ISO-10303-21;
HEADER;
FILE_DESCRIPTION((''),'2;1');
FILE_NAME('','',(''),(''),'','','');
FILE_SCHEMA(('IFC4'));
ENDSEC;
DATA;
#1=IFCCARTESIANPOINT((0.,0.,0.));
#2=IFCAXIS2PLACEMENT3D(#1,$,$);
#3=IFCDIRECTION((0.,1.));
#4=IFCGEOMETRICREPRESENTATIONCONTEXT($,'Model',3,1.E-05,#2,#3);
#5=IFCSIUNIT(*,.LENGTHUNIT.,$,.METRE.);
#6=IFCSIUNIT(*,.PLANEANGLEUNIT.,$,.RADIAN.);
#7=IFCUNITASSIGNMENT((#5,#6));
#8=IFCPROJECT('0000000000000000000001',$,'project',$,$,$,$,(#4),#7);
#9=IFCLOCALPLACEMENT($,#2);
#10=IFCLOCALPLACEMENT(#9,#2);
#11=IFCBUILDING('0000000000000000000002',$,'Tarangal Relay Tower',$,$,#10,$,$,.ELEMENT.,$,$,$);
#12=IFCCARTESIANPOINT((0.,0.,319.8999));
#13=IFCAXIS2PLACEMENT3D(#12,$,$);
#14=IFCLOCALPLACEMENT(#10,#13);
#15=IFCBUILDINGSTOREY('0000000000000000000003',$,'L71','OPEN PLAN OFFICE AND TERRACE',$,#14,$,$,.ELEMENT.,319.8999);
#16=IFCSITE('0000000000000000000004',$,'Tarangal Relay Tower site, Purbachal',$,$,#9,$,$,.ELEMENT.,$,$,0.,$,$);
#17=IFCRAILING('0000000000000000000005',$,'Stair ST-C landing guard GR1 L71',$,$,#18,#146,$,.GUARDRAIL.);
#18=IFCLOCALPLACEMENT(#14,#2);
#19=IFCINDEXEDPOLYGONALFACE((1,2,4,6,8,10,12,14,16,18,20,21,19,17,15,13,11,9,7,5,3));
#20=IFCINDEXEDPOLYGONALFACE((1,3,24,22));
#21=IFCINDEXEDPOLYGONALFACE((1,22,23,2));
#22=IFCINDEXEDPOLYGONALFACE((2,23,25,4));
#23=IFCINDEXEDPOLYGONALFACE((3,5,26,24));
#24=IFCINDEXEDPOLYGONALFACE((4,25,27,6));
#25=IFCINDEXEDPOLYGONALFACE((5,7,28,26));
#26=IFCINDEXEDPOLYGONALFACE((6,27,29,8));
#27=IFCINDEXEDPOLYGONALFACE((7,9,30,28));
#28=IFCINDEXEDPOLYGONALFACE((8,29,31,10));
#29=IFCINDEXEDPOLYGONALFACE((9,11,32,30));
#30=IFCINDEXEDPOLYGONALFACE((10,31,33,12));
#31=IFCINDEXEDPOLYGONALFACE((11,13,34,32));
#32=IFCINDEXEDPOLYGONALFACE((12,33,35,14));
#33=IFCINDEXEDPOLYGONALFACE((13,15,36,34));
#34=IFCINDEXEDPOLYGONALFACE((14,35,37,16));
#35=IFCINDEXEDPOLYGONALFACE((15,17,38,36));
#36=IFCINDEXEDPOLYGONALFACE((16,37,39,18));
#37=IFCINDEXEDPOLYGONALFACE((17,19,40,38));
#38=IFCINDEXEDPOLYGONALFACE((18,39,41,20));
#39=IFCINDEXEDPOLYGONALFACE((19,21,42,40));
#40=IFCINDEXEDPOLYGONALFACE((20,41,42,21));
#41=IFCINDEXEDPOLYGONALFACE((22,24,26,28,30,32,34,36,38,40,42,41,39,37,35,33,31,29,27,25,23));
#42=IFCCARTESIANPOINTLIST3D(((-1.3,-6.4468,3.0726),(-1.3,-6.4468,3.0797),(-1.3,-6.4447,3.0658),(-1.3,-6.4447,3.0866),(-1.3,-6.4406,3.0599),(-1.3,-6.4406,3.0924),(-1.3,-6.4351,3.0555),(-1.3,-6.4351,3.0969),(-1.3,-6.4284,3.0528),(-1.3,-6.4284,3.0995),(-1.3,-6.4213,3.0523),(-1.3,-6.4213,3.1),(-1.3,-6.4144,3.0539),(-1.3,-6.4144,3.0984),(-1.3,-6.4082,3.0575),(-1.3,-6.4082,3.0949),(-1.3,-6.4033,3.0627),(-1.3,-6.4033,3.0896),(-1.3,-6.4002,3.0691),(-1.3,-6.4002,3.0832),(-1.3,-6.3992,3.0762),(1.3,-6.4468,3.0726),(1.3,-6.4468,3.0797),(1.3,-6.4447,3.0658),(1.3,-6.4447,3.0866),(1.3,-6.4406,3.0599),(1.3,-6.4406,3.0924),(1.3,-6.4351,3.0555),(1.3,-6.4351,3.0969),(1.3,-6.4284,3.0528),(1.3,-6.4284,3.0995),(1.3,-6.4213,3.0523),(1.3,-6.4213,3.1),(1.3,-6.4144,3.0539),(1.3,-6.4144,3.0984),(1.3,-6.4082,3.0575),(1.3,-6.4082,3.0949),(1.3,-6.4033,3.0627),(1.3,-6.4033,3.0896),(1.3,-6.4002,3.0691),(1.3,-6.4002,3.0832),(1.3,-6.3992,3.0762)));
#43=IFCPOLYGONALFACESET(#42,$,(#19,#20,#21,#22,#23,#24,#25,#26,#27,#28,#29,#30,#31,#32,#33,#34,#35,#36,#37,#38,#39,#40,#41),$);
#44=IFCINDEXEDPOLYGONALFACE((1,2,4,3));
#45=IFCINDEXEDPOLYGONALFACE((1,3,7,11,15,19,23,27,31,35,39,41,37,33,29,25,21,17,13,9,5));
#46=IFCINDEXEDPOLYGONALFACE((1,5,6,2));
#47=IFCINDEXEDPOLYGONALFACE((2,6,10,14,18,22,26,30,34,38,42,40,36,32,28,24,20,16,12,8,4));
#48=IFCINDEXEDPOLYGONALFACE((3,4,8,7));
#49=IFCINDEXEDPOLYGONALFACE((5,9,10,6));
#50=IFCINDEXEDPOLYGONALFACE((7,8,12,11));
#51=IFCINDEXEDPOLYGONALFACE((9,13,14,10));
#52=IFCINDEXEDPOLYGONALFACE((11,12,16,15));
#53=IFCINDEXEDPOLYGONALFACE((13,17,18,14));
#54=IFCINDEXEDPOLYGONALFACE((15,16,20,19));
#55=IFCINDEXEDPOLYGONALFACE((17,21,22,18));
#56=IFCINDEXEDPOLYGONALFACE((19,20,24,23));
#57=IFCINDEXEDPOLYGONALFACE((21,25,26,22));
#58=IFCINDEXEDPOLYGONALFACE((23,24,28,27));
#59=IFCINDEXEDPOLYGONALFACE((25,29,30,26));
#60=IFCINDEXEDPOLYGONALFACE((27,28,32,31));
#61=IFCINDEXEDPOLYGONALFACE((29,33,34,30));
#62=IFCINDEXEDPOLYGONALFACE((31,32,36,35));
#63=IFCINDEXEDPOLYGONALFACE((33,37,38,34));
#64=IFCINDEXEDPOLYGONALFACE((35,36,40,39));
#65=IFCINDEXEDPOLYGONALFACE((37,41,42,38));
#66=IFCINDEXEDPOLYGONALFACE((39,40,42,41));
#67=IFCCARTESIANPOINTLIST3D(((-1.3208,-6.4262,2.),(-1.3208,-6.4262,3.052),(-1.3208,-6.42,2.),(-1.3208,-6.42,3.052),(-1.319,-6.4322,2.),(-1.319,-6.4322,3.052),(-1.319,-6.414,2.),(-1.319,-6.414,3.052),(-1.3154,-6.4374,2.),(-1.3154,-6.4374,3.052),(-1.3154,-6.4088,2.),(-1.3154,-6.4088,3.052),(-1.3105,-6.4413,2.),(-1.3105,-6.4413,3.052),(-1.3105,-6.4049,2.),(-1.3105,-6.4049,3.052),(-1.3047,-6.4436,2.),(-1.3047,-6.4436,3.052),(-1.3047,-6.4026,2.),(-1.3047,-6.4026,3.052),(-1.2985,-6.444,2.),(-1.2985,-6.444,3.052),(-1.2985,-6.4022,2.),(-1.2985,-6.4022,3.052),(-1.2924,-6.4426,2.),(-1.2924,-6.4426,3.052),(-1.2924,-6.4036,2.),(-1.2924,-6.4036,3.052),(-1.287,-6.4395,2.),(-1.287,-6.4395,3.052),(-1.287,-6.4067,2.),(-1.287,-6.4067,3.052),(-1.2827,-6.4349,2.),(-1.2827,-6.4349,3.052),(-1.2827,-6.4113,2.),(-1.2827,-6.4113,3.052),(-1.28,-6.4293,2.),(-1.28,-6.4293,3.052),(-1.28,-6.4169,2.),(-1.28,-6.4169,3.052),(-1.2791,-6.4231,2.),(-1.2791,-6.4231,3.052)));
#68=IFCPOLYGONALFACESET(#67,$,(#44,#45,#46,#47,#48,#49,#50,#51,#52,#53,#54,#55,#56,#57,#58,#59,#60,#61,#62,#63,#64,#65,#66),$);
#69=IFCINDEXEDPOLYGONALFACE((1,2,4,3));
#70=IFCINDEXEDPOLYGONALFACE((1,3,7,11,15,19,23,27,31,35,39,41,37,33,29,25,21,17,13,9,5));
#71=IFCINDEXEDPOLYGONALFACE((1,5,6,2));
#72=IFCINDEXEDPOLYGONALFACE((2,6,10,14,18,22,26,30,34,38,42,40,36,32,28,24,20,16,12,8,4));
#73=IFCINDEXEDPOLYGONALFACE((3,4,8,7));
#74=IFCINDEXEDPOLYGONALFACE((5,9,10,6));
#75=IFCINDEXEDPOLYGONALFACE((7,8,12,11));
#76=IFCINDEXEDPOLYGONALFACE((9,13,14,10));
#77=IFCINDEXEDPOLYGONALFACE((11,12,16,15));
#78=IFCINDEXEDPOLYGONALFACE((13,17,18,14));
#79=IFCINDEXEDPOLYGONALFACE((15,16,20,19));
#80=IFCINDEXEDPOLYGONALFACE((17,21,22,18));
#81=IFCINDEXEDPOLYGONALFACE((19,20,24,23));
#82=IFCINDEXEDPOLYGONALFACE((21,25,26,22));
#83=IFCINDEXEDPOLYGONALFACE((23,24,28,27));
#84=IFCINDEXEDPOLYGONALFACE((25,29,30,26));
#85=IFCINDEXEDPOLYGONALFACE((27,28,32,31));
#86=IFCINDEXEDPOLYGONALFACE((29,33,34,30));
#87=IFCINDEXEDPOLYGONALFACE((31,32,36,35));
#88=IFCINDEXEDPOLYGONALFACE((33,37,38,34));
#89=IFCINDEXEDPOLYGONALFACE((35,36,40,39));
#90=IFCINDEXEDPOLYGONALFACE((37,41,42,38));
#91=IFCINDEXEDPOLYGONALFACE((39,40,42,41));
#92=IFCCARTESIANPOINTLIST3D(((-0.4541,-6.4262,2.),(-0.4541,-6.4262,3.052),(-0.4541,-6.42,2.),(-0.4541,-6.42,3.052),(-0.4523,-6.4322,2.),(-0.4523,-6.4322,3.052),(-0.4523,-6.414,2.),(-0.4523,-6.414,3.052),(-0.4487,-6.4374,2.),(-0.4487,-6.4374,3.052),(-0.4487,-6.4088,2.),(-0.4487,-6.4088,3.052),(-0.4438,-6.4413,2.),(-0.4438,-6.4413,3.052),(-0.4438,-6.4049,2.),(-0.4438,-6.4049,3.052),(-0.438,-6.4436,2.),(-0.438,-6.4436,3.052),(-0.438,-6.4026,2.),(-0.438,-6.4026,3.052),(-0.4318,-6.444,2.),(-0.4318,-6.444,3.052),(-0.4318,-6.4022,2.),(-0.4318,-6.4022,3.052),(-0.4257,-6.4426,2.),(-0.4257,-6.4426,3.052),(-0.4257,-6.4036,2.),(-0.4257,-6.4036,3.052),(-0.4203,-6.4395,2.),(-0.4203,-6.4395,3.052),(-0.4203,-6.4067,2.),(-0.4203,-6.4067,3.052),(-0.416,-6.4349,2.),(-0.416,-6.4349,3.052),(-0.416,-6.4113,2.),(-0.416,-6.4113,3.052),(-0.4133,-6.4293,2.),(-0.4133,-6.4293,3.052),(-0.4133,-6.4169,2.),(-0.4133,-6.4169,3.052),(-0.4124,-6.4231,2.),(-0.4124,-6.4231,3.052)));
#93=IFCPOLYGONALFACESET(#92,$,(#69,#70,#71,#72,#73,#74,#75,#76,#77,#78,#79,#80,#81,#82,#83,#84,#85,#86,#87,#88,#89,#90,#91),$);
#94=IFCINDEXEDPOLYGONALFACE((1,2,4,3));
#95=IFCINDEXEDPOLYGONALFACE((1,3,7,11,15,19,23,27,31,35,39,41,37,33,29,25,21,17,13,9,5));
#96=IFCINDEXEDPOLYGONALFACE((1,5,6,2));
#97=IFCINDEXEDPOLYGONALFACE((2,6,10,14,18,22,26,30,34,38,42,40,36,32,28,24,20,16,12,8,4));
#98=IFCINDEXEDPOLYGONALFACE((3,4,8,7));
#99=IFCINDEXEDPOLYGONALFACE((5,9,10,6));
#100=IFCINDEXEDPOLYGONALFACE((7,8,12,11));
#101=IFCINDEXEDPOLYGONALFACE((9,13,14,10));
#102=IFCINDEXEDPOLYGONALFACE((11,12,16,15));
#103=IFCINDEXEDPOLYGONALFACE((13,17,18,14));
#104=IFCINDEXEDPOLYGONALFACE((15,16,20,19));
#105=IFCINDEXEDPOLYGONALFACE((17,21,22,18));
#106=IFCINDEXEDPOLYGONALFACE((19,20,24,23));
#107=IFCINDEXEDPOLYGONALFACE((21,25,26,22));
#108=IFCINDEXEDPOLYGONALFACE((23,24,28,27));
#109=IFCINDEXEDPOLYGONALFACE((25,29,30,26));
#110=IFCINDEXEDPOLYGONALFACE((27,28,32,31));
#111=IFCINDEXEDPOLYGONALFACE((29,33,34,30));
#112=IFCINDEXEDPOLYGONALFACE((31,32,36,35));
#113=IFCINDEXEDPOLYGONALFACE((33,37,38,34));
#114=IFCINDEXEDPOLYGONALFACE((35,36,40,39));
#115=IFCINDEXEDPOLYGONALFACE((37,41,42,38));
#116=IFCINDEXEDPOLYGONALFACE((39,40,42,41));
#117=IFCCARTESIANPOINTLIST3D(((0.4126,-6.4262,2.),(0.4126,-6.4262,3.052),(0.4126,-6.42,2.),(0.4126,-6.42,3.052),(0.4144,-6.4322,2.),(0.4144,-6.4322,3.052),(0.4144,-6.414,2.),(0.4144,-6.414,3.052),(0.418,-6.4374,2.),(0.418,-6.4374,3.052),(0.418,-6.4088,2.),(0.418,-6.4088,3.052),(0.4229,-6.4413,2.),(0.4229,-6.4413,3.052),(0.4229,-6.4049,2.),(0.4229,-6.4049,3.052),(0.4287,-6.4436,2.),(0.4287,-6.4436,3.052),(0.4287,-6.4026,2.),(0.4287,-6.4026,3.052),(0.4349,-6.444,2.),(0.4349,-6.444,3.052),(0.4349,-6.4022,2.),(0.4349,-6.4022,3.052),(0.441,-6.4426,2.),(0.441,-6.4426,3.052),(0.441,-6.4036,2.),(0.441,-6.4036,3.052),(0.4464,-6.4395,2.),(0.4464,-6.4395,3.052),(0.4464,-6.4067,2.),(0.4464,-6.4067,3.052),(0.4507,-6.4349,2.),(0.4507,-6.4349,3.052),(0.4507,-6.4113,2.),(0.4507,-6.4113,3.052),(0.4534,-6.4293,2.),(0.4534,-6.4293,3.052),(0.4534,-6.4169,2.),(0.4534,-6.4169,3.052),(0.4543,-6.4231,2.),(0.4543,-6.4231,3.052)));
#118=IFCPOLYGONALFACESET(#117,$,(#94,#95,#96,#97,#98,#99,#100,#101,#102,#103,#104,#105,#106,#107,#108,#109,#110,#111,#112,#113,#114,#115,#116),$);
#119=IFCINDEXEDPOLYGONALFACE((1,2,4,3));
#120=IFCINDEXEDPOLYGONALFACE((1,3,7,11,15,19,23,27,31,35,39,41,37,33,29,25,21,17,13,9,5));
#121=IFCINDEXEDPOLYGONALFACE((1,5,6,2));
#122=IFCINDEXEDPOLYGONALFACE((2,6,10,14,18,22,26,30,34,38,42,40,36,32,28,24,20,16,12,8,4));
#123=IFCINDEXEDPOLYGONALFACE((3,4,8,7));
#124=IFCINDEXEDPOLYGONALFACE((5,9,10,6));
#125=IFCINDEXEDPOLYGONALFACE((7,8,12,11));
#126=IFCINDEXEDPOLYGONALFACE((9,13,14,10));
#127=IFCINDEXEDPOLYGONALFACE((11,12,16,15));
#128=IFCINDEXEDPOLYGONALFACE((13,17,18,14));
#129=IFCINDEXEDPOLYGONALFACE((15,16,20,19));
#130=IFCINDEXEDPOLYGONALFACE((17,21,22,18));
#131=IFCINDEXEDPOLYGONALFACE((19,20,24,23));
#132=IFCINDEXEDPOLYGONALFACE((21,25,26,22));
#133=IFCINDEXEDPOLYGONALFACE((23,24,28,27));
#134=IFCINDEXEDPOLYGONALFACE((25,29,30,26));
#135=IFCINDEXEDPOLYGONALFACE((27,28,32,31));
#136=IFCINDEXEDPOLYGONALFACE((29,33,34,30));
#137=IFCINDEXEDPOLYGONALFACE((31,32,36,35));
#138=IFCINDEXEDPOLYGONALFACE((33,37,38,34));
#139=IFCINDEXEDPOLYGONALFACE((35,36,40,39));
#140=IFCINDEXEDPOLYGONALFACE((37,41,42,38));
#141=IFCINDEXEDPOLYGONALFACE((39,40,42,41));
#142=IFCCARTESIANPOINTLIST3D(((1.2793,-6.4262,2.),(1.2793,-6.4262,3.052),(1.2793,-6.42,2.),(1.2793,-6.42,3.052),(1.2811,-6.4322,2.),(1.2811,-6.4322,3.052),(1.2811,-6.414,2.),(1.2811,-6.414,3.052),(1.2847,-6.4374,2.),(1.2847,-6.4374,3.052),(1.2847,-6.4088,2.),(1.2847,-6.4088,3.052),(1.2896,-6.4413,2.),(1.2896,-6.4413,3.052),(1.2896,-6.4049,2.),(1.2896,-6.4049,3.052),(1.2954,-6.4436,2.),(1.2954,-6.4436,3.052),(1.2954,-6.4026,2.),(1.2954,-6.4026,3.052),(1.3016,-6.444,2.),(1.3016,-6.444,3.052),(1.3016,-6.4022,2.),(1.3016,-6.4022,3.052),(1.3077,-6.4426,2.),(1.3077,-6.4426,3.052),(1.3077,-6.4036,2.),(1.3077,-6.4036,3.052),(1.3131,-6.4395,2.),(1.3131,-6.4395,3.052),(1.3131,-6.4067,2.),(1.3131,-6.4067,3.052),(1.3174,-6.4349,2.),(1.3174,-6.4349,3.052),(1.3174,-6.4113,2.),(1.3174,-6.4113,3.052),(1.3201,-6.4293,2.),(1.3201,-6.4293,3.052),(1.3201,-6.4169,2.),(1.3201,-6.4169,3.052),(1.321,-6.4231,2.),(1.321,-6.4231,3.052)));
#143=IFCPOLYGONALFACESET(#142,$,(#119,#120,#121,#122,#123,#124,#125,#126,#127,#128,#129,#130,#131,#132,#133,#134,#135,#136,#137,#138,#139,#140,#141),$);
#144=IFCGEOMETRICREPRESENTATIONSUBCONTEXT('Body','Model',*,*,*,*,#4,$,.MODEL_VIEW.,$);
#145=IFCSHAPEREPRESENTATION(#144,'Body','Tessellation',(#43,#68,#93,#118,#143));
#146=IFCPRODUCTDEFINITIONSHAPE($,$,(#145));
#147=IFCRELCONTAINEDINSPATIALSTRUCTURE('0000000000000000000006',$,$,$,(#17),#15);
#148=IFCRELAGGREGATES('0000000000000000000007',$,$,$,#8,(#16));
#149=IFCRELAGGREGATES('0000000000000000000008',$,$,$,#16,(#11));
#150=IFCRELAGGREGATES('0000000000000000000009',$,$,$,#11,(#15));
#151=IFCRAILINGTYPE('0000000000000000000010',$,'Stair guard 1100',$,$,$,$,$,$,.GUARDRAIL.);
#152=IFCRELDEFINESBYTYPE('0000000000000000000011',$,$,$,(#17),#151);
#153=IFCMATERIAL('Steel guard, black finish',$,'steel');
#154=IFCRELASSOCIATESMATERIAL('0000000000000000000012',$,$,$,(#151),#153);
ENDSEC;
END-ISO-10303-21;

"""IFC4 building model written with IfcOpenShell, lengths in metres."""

from ifc_helpers import new_model, si_unit, direction, frame, origin, origin_2d, place, context, subcontext, project, spatial, circle, extrude, material, type_object, element, save


model = new_model("IFC4")

# Units and contexts
model_context = context("Model", 3, precision=1e-05, world=origin(), true_north=direction((0.0, 1.0)))
body_context = subcontext(model_context, "Body", "Model", "MODEL_VIEW")
ifc_project = project(units=[si_unit("LENGTHUNIT", "METRE"), si_unit("PLANEANGLEUNIT", "RADIAN")], contexts=[model_context])

# Site, building, storey
site_placement = place(None, origin())
site = spatial("IfcSite", under=ifc_project, at=site_placement, Name="Tarangal Relay Tower site, Purbachal", CompositionType="ELEMENT", RefElevation=0.0)
building_placement = place(site_placement, origin())
building = spatial("IfcBuilding", under=site, at=building_placement, Name="Tarangal Relay Tower", CompositionType="ELEMENT")
storey_placement = place(building_placement, frame((0.0, 0.0, 319.8999)))
storey = spatial("IfcBuildingStorey", under=building, at=storey_placement, Name="L71", Description="OPEN PLAN OFFICE AND TERRACE", CompositionType="ELEMENT", Elevation=319.8999)

# Railing
ifc_material_1 = material(Name="Steel guard, black finish", Category="steel")
railing_type_1 = type_object("IfcRailingType", Name="Stair guard 1100", PredefinedType="GUARDRAIL", material=ifc_material_1)
for number, where, name in (
    (1, (-1.3, -6.4231, 2.0), "Stair ST-C landing guard GR1 L71"),
):
    element("IfcRailing", number, at=place(storey_placement, frame(where)), inside=storey, type_object=railing_type_1, Name=name, PredefinedType="GUARDRAIL", context=body_context, shape_type="SweptSolid", body=[
        extrude(circle(Radius=0.0239, at=origin_2d()), frame((0.0, 0.0, 1.0762), z_axis=(1.0, 0.0, 0.0), x_axis=(0.0, 1.0, 0.0)), (0.0, 0.0, 1.0), 2.6001),
        extrude(circle(Radius=0.021, at=origin_2d()), origin(), (0.0, 0.0, 1.0), 1.052),
        extrude(circle(Radius=0.021, at=origin_2d()), frame((0.8667, 0.0, 0.0)), (0.0, 0.0, 1.0), 1.052),
        extrude(circle(Radius=0.021, at=origin_2d()), frame((1.7334, 0.0, 0.0)), (0.0, 0.0, 1.0), 1.052),
        extrude(circle(Radius=0.021, at=origin_2d()), frame((2.6001, 0.0, 0.0)), (0.0, 0.0, 1.0), 1.052),
    ])

save(model, "model.ifc")
